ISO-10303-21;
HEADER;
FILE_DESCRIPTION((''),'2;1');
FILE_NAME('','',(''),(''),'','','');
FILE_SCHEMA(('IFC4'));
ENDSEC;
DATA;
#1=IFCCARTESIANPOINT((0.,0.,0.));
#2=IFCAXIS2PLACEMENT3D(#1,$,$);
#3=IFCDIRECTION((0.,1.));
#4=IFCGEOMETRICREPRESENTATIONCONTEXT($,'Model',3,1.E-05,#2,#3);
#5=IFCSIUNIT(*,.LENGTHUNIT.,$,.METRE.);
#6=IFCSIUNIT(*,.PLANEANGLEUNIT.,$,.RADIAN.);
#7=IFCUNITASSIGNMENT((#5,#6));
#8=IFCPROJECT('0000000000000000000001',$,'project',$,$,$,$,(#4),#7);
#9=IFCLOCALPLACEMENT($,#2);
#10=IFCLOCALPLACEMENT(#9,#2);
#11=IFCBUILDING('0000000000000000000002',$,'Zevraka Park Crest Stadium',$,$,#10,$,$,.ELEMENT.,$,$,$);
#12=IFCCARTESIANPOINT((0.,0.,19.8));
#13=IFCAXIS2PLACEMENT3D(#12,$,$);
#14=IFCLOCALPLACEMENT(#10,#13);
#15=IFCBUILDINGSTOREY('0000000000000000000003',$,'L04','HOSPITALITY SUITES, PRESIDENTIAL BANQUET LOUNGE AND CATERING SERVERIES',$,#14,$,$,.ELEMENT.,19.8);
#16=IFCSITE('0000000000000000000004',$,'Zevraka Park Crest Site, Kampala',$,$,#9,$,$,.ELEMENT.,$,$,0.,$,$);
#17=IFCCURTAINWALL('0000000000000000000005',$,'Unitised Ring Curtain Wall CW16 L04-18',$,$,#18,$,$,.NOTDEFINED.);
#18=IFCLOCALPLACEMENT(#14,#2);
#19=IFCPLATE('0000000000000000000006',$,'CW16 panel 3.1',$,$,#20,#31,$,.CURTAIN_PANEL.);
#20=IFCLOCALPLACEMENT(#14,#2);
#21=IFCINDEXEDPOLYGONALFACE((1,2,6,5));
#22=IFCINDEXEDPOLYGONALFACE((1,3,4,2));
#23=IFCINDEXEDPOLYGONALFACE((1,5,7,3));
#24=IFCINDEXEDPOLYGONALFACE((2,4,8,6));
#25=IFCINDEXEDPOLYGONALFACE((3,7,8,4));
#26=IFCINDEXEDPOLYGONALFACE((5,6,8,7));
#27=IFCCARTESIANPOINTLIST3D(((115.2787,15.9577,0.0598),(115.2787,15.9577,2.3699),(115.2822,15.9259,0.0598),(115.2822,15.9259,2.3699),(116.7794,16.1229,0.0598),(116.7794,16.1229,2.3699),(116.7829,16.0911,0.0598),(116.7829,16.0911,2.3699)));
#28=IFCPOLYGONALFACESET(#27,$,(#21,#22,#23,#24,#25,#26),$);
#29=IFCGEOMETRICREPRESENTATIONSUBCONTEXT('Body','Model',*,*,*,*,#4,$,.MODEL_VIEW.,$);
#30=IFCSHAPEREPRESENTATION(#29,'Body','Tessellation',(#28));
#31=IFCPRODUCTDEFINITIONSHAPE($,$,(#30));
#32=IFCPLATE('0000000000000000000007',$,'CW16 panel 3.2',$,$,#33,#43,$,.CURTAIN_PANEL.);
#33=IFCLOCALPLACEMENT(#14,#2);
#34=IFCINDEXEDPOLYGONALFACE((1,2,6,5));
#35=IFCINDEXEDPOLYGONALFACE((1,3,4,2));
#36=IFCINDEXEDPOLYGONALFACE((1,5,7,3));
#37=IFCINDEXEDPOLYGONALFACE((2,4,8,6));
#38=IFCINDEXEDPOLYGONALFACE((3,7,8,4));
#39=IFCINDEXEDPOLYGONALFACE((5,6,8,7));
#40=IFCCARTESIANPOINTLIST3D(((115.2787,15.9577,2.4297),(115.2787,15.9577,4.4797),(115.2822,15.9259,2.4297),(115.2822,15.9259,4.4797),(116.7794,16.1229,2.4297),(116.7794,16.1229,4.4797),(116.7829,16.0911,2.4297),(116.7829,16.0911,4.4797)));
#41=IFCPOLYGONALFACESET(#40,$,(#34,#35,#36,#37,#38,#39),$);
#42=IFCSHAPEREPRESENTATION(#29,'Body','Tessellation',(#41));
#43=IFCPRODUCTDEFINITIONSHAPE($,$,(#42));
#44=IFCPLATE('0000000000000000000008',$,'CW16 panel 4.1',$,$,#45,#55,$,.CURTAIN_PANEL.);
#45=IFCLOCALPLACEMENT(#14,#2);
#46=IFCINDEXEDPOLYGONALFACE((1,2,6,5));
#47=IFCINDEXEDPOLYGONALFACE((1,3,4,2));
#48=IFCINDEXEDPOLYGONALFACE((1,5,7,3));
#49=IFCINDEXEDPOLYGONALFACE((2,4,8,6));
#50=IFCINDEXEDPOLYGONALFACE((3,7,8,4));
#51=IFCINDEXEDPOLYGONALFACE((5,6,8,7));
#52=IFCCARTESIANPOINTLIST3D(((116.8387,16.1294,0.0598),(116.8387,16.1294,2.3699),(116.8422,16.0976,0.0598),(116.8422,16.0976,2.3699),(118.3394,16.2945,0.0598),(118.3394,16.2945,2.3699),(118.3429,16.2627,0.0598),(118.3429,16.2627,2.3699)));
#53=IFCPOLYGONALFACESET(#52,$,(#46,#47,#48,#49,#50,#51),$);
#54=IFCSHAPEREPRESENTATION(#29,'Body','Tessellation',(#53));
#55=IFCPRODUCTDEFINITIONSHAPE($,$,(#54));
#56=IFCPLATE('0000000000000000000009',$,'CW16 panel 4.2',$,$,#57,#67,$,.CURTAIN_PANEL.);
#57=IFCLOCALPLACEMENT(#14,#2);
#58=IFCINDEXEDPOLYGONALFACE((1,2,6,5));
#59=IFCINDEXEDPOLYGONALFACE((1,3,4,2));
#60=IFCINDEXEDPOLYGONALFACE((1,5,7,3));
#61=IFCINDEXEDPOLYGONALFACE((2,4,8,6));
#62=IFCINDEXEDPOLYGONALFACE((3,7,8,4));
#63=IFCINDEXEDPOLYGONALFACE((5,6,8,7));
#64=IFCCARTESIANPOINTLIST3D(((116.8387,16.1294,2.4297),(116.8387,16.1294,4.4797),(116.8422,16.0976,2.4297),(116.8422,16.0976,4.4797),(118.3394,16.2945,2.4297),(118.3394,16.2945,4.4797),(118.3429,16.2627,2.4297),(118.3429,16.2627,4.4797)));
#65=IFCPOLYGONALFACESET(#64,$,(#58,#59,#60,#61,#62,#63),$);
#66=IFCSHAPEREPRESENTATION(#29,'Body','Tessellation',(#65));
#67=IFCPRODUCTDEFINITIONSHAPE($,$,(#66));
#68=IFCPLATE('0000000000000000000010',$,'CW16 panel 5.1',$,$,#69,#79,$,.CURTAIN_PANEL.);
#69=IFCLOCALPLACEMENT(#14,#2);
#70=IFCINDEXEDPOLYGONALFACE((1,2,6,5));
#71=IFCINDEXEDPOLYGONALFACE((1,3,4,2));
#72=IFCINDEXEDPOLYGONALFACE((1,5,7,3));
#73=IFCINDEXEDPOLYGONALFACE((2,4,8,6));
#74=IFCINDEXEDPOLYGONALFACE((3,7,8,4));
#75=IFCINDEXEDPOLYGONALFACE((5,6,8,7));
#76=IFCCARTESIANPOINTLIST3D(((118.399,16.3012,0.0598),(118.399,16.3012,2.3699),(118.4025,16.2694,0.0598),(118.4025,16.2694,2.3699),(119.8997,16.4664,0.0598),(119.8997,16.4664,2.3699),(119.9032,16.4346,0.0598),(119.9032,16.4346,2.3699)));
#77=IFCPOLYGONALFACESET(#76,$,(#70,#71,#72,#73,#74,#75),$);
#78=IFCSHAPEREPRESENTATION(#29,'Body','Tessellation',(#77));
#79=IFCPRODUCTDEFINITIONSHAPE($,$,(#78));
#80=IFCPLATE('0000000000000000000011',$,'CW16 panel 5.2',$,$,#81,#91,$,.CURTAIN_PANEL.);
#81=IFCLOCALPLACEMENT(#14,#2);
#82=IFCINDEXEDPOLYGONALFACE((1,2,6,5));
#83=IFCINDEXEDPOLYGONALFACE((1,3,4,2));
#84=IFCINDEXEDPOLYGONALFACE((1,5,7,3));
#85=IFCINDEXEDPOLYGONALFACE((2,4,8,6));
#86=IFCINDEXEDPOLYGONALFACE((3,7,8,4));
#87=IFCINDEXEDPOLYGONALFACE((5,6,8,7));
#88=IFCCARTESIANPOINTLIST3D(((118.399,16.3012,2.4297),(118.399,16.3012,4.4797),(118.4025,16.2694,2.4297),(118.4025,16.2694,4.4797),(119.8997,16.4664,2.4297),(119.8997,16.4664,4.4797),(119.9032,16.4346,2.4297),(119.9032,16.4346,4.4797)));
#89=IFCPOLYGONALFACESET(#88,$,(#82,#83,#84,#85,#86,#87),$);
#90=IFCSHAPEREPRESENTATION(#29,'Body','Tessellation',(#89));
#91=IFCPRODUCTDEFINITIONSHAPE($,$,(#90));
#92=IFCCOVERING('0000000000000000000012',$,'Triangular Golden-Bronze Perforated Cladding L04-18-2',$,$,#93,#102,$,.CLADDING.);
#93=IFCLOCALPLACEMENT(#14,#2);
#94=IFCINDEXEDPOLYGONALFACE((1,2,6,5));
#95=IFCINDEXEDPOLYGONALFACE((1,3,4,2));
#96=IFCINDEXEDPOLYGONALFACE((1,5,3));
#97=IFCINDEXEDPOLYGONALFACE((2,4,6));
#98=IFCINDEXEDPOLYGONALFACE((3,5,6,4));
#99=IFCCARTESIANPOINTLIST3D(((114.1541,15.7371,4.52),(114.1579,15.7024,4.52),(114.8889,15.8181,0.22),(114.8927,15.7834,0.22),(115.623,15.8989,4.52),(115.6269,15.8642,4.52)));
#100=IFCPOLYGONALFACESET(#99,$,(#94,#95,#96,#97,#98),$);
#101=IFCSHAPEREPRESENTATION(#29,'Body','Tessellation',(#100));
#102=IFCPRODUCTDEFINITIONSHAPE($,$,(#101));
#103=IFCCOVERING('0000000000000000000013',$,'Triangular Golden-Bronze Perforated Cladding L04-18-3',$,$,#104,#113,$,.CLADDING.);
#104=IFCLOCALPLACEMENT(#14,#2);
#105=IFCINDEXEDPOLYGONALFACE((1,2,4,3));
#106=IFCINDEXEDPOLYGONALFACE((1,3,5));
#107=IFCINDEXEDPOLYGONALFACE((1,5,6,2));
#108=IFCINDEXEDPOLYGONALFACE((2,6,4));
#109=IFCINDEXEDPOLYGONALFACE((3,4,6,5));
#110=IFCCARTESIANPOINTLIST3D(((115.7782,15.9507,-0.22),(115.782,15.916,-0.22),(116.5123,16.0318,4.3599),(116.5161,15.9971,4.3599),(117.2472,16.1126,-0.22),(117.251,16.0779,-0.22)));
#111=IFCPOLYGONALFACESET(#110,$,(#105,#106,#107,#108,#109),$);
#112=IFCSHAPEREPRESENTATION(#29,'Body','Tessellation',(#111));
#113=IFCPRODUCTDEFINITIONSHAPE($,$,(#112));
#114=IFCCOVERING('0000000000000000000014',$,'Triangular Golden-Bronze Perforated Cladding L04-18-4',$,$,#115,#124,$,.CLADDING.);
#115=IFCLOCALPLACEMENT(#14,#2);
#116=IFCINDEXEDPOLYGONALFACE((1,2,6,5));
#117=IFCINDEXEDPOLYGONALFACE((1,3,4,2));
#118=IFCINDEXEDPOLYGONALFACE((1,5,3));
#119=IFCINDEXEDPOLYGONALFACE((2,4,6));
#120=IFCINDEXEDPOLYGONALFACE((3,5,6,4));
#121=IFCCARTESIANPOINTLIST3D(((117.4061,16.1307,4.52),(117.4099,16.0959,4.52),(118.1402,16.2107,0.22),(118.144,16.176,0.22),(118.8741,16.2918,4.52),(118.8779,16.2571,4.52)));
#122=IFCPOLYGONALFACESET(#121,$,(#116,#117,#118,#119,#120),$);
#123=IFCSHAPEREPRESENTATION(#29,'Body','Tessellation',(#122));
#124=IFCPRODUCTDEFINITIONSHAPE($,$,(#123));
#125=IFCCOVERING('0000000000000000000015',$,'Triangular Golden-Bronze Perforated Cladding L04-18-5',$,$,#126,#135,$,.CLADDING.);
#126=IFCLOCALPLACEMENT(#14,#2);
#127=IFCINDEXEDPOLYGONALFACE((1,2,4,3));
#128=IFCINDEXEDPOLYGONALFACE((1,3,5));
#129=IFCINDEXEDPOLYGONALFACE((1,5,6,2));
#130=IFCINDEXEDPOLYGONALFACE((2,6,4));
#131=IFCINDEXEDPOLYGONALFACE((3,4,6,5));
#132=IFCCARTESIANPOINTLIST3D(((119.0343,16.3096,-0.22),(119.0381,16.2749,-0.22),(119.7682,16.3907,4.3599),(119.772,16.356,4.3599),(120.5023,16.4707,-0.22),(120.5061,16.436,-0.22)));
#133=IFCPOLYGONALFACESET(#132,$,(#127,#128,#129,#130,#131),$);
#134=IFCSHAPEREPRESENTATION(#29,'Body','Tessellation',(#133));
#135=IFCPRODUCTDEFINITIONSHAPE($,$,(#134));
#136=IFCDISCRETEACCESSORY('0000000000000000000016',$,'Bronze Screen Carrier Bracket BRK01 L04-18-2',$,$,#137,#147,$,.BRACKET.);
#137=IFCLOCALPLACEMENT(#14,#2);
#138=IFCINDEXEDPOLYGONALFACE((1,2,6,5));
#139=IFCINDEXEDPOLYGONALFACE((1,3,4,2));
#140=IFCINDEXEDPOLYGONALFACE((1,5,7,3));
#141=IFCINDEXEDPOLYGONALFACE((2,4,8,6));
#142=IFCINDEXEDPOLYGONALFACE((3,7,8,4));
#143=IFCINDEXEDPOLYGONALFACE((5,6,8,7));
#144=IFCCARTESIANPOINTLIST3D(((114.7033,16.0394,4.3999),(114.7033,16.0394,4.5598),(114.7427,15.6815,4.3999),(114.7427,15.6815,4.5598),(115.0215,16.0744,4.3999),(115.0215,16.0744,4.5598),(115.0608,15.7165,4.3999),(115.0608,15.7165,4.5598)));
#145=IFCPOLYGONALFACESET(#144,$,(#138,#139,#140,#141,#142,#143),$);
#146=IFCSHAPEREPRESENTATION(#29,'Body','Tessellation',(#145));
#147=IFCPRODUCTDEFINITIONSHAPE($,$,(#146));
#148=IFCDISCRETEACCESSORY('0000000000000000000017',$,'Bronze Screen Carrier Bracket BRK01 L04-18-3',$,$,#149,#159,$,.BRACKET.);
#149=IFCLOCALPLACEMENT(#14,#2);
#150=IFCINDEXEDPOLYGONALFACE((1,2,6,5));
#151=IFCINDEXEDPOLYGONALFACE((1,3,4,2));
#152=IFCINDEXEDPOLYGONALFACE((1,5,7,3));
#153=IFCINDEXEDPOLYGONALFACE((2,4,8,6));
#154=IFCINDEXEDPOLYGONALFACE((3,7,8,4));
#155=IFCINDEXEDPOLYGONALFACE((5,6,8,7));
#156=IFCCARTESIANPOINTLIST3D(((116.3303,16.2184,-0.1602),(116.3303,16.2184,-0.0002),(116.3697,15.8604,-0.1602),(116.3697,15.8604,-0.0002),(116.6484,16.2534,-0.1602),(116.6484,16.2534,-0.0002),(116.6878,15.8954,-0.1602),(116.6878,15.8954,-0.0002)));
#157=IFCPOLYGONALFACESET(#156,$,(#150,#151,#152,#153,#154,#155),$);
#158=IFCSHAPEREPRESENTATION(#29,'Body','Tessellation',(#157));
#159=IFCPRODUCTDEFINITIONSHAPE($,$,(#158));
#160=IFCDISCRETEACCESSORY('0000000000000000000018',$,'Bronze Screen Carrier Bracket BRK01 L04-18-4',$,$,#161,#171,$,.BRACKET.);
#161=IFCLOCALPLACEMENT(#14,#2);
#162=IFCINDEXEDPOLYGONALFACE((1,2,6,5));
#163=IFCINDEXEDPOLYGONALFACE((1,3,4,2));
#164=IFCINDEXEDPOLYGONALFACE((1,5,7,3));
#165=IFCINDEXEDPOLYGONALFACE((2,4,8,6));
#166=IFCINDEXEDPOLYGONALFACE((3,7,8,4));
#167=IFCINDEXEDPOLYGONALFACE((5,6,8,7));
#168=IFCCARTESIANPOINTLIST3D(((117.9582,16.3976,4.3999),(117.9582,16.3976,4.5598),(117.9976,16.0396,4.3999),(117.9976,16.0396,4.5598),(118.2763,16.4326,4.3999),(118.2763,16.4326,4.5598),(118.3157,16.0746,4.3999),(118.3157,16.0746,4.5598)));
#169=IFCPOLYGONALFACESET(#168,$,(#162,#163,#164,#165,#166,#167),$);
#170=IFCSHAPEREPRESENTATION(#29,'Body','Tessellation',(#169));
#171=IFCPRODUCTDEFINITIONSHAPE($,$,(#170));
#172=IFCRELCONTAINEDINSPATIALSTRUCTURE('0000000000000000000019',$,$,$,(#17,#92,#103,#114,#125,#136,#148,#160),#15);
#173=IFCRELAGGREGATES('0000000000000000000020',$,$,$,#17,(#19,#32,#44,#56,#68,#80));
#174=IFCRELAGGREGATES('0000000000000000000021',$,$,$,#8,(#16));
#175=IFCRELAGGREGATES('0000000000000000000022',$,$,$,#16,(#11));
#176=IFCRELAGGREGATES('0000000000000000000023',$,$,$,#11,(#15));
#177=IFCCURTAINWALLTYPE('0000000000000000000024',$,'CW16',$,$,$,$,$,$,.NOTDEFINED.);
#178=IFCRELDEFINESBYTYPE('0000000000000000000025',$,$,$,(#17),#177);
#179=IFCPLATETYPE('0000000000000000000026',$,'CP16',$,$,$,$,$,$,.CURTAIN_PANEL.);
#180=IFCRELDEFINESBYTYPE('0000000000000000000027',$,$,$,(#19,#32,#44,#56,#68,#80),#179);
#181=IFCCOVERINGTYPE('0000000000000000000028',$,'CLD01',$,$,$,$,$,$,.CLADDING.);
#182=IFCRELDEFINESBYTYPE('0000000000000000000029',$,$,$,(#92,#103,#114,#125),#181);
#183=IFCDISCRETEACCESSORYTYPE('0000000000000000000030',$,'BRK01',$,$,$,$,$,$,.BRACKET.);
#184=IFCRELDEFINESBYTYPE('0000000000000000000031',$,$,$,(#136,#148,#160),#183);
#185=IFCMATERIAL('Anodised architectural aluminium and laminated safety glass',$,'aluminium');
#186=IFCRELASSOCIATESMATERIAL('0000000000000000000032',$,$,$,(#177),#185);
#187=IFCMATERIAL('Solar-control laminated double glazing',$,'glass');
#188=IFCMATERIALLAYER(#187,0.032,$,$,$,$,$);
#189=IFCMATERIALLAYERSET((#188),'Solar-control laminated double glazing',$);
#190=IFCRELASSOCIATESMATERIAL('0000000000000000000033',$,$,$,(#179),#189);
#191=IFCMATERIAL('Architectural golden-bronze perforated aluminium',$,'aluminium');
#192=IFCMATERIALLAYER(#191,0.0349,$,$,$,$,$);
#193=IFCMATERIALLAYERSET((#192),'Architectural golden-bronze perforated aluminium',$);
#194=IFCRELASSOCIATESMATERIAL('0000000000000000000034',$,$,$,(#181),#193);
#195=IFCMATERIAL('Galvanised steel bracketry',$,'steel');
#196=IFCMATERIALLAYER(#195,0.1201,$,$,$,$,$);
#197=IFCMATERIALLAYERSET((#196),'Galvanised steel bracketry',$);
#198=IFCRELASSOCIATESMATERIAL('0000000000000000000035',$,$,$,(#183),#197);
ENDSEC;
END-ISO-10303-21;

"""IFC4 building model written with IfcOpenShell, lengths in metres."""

from ifc_helpers import new_model, si_unit, direction, frame, origin, origin_2d, place, context, subcontext, project, spatial, polyline, rectangle, outline, extrude, material, layer, layer_set, type_object, element, aggregate, save


model = new_model("IFC4")

# Units and contexts
model_context = context("Model", 3, precision=1e-05, world=origin(), true_north=direction((0.0, 1.0)))
body_context = subcontext(model_context, "Body", "Model", "MODEL_VIEW")
ifc_project = project(units=[si_unit("LENGTHUNIT", "METRE"), si_unit("PLANEANGLEUNIT", "RADIAN")], contexts=[model_context])

# Site, building, storey
site_placement = place(None, origin())
site = spatial("IfcSite", under=ifc_project, at=site_placement, Name="Zevraka Park Crest Site, Kampala", CompositionType="ELEMENT", RefElevation=0.0)
building_placement = place(site_placement, origin())
building = spatial("IfcBuilding", under=site, at=building_placement, Name="Zevraka Park Crest Stadium", CompositionType="ELEMENT")
storey_placement = place(building_placement, frame((0.0, 0.0, 19.8)))
storey = spatial("IfcBuildingStorey", under=building, at=storey_placement, Name="L04", Description="HOSPITALITY SUITES, PRESIDENTIAL BANQUET LOUNGE AND CATERING SERVERIES", CompositionType="ELEMENT", Elevation=19.8)

# Curtain wall, plates
ifc_material_1 = material(Name="Anodised architectural aluminium and laminated safety glass", Category="aluminium")
curtain_wall_type = type_object("IfcCurtainWallType", Name="CW16", PredefinedType="NOTDEFINED", material=ifc_material_1)
curtain_wall_placement = place(storey_placement, origin())
curtain_wall = element("IfcCurtainWall", 1, at=curtain_wall_placement, inside=storey, type_object=curtain_wall_type, Name="Unitised Ring Curtain Wall CW16 L04-18", PredefinedType="NOTDEFINED")
ifc_material_2 = material(Name="Solar-control laminated double glazing", Category="glass")
ifc_layer_1 = layer(ifc_material_2, 0.032)
ifc_layer_set_1 = layer_set([ifc_layer_1], Name="Solar-control laminated double glazing")
plate_type = type_object("IfcPlateType", Name="CP16", PredefinedType="CURTAIN_PANEL", material=ifc_layer_set_1)
plate_1_placement = place(storey_placement, frame((116.0308, 16.0244, 0.0598), z_axis=(0.0, 0.0, 1.0), x_axis=(0.993997, 0.109406, 0.0)))
plate_1 = element("IfcPlate", 2, at=plate_1_placement, type_object=plate_type, Name="CW16 panel 3.1", PredefinedType="CURTAIN_PANEL", context=body_context, shape_type="SweptSolid", body=[
    extrude(rectangle(XDim=1.5098, YDim=0.032, at=origin_2d()), origin(), (0.0, 0.0, 1.0), 2.3101),
])
plate_2_placement = place(storey_placement, frame((116.0308, 16.0244, 2.4297), z_axis=(0.0, 0.0, 1.0), x_axis=(0.993997, 0.109406, 0.0)))
plate_2 = element("IfcPlate", 3, at=plate_2_placement, type_object=plate_type, Name="CW16 panel 3.2", PredefinedType="CURTAIN_PANEL", context=body_context, shape_type="SweptSolid", body=[
    extrude(rectangle(XDim=1.5098, YDim=0.032, at=origin_2d()), origin(), (0.0, 0.0, 1.0), 2.05),
])
plate_3_placement = place(storey_placement, frame((117.5908, 16.196, 0.0598), z_axis=(0.0, 0.0, 1.0), x_axis=(0.993997, 0.109406, 0.0)))
plate_3 = element("IfcPlate", 4, at=plate_3_placement, type_object=plate_type, Name="CW16 panel 4.1", PredefinedType="CURTAIN_PANEL", context=body_context, shape_type="SweptSolid", body=[
    extrude(rectangle(XDim=1.5098, YDim=0.032, at=origin_2d()), origin(), (0.0, 0.0, 1.0), 2.3101),
])
plate_4_placement = place(storey_placement, frame((117.5908, 16.196, 2.4297), z_axis=(0.0, 0.0, 1.0), x_axis=(0.993997, 0.109406, 0.0)))
plate_4 = element("IfcPlate", 5, at=plate_4_placement, type_object=plate_type, Name="CW16 panel 4.2", PredefinedType="CURTAIN_PANEL", context=body_context, shape_type="SweptSolid", body=[
    extrude(rectangle(XDim=1.5098, YDim=0.032, at=origin_2d()), origin(), (0.0, 0.0, 1.0), 2.05),
])
plate_5_placement = place(storey_placement, frame((119.1511, 16.3679, 0.0598), z_axis=(0.0, 0.0, 1.0), x_axis=(0.993997, 0.109406, 0.0)))
plate_5 = element("IfcPlate", 6, at=plate_5_placement, type_object=plate_type, Name="CW16 panel 5.1", PredefinedType="CURTAIN_PANEL", context=body_context, shape_type="SweptSolid", body=[
    extrude(rectangle(XDim=1.5098, YDim=0.032, at=origin_2d()), origin(), (0.0, 0.0, 1.0), 2.3101),
])
plate_6_placement = place(storey_placement, frame((119.1511, 16.3679, 2.4297), z_axis=(0.0, 0.0, 1.0), x_axis=(0.993997, 0.109406, 0.0)))
plate_6 = element("IfcPlate", 7, at=plate_6_placement, type_object=plate_type, Name="CW16 panel 5.2", PredefinedType="CURTAIN_PANEL", context=body_context, shape_type="SweptSolid", body=[
    extrude(rectangle(XDim=1.5098, YDim=0.032, at=origin_2d()), origin(), (0.0, 0.0, 1.0), 2.05),
])
aggregate(curtain_wall, [plate_1, plate_2, plate_3, plate_4, plate_5, plate_6])

# Coverings
ifc_material_3 = material(Name="Architectural golden-bronze perforated aluminium", Category="aluminium")
ifc_layer_2 = layer(ifc_material_3, 0.0349)
ifc_layer_set_2 = layer_set([ifc_layer_2], Name="Architectural golden-bronze perforated aluminium")
covering_type = type_object("IfcCoveringType", Name="CLD01", PredefinedType="CLADDING", material=ifc_layer_set_2)
covering_1_placement = place(storey_placement, frame((115.623, 15.8989, 4.52), z_axis=(-0.109525, 0.993984, 0.000019), x_axis=(-0.993984, -0.109525, 0.0)))
element("IfcCovering", 8, at=covering_1_placement, inside=storey, type_object=covering_type, Name="Triangular Golden-Bronze Perforated Cladding L04-18-2", PredefinedType="CLADDING", context=body_context, shape_type="SweptSolid", body=[
    extrude(outline(polyline([(0.0, 0.0), (1.4779, 0.0), (0.7386, -4.3), (0.0, 0.0)])), origin(), (0.0, 0.0, -1.0), 0.0349),
])
covering_2_placement = place(storey_placement, frame((115.782, 15.916, -0.22), z_axis=(0.109525, -0.993984, 0.000035), x_axis=(0.993984, 0.109525, 0.0)))
element("IfcCovering", 9, at=covering_2_placement, inside=storey, type_object=covering_type, Name="Triangular Golden-Bronze Perforated Cladding L04-18-3", PredefinedType="CLADDING", context=body_context, shape_type="SweptSolid", body=[
    extrude(outline(polyline([(0.0, 0.0), (1.4779, 0.0), (0.7386, 4.5798), (0.0, 0.0)])), origin(), (0.0, 0.0, -1.0), 0.0349),
])
covering_3_placement = place(storey_placement, frame((118.8779, 16.2571, 4.52), z_axis=(0.109107, -0.99403, 0.000116), x_axis=(-0.99403, -0.109107, 0.0)))
element("IfcCovering", 10, at=covering_3_placement, inside=storey, type_object=covering_type, Name="Triangular Golden-Bronze Perforated Cladding L04-18-4", PredefinedType="CLADDING", context=body_context, shape_type="SweptSolid", body=[
    extrude(outline(polyline([(0.0, 0.0), (1.4768, 0.0), (0.7383, 4.3), (0.0, 0.0)])), origin(), (0.0, 0.0, -1.0), 0.0349),
])
covering_4_placement = place(storey_placement, frame((119.0381, 16.2749, -0.22), z_axis=(0.109107, -0.99403, 0.000109), x_axis=(0.99403, 0.109107, 0.0)))
element("IfcCovering", 11, at=covering_4_placement, inside=storey, type_object=covering_type, Name="Triangular Golden-Bronze Perforated Cladding L04-18-5", PredefinedType="CLADDING", context=body_context, shape_type="SweptSolid", body=[
    extrude(outline(polyline([(0.0, 0.0), (1.4768, 0.0), (0.7383, 4.5798), (0.0, 0.0)])), origin(), (0.0, 0.0, -1.0), 0.0349),
])

# Discrete accessories
ifc_material_4 = material(Name="Galvanised steel bracketry", Category="steel")
ifc_layer_3 = layer(ifc_material_4, 0.1201)
ifc_layer_set_3 = layer_set([ifc_layer_3], Name="Galvanised steel bracketry")
discrete_accessory_type = type_object("IfcDiscreteAccessoryType", Name="BRK01", PredefinedType="BRACKET", material=ifc_layer_set_3)
for number, where, z_axis, x_axis, name in (
    (12, (114.8821, 15.8779, 4.3999), (0.0, 0.0, 1.0), (0.993999, 0.109387, 0.0), "Bronze Screen Carrier Bracket BRK01 L04-18-2"),
    (13, (116.509, 16.0569, -0.1602), (0.0, 0.0, 1.0), (0.993999, 0.109387, 0.0), "Bronze Screen Carrier Bracket BRK01 L04-18-3"),
    (14, (118.137, 16.2361, 4.3999), (0.0, 0.0, 1.0), (0.993999, 0.109387, 0.0), "Bronze Screen Carrier Bracket BRK01 L04-18-4"),
):
    element("IfcDiscreteAccessory", number, at=place(storey_placement, frame(where, z_axis=z_axis, x_axis=x_axis)), inside=storey, type_object=discrete_accessory_type, Name=name, PredefinedType="BRACKET", context=body_context, shape_type="SweptSolid", body=[
        extrude(rectangle(XDim=0.3201, YDim=0.3601, at=origin_2d()), origin(), (0.0, 0.0, 1.0), 0.1599),
    ])

save(model, "model.ifc")
